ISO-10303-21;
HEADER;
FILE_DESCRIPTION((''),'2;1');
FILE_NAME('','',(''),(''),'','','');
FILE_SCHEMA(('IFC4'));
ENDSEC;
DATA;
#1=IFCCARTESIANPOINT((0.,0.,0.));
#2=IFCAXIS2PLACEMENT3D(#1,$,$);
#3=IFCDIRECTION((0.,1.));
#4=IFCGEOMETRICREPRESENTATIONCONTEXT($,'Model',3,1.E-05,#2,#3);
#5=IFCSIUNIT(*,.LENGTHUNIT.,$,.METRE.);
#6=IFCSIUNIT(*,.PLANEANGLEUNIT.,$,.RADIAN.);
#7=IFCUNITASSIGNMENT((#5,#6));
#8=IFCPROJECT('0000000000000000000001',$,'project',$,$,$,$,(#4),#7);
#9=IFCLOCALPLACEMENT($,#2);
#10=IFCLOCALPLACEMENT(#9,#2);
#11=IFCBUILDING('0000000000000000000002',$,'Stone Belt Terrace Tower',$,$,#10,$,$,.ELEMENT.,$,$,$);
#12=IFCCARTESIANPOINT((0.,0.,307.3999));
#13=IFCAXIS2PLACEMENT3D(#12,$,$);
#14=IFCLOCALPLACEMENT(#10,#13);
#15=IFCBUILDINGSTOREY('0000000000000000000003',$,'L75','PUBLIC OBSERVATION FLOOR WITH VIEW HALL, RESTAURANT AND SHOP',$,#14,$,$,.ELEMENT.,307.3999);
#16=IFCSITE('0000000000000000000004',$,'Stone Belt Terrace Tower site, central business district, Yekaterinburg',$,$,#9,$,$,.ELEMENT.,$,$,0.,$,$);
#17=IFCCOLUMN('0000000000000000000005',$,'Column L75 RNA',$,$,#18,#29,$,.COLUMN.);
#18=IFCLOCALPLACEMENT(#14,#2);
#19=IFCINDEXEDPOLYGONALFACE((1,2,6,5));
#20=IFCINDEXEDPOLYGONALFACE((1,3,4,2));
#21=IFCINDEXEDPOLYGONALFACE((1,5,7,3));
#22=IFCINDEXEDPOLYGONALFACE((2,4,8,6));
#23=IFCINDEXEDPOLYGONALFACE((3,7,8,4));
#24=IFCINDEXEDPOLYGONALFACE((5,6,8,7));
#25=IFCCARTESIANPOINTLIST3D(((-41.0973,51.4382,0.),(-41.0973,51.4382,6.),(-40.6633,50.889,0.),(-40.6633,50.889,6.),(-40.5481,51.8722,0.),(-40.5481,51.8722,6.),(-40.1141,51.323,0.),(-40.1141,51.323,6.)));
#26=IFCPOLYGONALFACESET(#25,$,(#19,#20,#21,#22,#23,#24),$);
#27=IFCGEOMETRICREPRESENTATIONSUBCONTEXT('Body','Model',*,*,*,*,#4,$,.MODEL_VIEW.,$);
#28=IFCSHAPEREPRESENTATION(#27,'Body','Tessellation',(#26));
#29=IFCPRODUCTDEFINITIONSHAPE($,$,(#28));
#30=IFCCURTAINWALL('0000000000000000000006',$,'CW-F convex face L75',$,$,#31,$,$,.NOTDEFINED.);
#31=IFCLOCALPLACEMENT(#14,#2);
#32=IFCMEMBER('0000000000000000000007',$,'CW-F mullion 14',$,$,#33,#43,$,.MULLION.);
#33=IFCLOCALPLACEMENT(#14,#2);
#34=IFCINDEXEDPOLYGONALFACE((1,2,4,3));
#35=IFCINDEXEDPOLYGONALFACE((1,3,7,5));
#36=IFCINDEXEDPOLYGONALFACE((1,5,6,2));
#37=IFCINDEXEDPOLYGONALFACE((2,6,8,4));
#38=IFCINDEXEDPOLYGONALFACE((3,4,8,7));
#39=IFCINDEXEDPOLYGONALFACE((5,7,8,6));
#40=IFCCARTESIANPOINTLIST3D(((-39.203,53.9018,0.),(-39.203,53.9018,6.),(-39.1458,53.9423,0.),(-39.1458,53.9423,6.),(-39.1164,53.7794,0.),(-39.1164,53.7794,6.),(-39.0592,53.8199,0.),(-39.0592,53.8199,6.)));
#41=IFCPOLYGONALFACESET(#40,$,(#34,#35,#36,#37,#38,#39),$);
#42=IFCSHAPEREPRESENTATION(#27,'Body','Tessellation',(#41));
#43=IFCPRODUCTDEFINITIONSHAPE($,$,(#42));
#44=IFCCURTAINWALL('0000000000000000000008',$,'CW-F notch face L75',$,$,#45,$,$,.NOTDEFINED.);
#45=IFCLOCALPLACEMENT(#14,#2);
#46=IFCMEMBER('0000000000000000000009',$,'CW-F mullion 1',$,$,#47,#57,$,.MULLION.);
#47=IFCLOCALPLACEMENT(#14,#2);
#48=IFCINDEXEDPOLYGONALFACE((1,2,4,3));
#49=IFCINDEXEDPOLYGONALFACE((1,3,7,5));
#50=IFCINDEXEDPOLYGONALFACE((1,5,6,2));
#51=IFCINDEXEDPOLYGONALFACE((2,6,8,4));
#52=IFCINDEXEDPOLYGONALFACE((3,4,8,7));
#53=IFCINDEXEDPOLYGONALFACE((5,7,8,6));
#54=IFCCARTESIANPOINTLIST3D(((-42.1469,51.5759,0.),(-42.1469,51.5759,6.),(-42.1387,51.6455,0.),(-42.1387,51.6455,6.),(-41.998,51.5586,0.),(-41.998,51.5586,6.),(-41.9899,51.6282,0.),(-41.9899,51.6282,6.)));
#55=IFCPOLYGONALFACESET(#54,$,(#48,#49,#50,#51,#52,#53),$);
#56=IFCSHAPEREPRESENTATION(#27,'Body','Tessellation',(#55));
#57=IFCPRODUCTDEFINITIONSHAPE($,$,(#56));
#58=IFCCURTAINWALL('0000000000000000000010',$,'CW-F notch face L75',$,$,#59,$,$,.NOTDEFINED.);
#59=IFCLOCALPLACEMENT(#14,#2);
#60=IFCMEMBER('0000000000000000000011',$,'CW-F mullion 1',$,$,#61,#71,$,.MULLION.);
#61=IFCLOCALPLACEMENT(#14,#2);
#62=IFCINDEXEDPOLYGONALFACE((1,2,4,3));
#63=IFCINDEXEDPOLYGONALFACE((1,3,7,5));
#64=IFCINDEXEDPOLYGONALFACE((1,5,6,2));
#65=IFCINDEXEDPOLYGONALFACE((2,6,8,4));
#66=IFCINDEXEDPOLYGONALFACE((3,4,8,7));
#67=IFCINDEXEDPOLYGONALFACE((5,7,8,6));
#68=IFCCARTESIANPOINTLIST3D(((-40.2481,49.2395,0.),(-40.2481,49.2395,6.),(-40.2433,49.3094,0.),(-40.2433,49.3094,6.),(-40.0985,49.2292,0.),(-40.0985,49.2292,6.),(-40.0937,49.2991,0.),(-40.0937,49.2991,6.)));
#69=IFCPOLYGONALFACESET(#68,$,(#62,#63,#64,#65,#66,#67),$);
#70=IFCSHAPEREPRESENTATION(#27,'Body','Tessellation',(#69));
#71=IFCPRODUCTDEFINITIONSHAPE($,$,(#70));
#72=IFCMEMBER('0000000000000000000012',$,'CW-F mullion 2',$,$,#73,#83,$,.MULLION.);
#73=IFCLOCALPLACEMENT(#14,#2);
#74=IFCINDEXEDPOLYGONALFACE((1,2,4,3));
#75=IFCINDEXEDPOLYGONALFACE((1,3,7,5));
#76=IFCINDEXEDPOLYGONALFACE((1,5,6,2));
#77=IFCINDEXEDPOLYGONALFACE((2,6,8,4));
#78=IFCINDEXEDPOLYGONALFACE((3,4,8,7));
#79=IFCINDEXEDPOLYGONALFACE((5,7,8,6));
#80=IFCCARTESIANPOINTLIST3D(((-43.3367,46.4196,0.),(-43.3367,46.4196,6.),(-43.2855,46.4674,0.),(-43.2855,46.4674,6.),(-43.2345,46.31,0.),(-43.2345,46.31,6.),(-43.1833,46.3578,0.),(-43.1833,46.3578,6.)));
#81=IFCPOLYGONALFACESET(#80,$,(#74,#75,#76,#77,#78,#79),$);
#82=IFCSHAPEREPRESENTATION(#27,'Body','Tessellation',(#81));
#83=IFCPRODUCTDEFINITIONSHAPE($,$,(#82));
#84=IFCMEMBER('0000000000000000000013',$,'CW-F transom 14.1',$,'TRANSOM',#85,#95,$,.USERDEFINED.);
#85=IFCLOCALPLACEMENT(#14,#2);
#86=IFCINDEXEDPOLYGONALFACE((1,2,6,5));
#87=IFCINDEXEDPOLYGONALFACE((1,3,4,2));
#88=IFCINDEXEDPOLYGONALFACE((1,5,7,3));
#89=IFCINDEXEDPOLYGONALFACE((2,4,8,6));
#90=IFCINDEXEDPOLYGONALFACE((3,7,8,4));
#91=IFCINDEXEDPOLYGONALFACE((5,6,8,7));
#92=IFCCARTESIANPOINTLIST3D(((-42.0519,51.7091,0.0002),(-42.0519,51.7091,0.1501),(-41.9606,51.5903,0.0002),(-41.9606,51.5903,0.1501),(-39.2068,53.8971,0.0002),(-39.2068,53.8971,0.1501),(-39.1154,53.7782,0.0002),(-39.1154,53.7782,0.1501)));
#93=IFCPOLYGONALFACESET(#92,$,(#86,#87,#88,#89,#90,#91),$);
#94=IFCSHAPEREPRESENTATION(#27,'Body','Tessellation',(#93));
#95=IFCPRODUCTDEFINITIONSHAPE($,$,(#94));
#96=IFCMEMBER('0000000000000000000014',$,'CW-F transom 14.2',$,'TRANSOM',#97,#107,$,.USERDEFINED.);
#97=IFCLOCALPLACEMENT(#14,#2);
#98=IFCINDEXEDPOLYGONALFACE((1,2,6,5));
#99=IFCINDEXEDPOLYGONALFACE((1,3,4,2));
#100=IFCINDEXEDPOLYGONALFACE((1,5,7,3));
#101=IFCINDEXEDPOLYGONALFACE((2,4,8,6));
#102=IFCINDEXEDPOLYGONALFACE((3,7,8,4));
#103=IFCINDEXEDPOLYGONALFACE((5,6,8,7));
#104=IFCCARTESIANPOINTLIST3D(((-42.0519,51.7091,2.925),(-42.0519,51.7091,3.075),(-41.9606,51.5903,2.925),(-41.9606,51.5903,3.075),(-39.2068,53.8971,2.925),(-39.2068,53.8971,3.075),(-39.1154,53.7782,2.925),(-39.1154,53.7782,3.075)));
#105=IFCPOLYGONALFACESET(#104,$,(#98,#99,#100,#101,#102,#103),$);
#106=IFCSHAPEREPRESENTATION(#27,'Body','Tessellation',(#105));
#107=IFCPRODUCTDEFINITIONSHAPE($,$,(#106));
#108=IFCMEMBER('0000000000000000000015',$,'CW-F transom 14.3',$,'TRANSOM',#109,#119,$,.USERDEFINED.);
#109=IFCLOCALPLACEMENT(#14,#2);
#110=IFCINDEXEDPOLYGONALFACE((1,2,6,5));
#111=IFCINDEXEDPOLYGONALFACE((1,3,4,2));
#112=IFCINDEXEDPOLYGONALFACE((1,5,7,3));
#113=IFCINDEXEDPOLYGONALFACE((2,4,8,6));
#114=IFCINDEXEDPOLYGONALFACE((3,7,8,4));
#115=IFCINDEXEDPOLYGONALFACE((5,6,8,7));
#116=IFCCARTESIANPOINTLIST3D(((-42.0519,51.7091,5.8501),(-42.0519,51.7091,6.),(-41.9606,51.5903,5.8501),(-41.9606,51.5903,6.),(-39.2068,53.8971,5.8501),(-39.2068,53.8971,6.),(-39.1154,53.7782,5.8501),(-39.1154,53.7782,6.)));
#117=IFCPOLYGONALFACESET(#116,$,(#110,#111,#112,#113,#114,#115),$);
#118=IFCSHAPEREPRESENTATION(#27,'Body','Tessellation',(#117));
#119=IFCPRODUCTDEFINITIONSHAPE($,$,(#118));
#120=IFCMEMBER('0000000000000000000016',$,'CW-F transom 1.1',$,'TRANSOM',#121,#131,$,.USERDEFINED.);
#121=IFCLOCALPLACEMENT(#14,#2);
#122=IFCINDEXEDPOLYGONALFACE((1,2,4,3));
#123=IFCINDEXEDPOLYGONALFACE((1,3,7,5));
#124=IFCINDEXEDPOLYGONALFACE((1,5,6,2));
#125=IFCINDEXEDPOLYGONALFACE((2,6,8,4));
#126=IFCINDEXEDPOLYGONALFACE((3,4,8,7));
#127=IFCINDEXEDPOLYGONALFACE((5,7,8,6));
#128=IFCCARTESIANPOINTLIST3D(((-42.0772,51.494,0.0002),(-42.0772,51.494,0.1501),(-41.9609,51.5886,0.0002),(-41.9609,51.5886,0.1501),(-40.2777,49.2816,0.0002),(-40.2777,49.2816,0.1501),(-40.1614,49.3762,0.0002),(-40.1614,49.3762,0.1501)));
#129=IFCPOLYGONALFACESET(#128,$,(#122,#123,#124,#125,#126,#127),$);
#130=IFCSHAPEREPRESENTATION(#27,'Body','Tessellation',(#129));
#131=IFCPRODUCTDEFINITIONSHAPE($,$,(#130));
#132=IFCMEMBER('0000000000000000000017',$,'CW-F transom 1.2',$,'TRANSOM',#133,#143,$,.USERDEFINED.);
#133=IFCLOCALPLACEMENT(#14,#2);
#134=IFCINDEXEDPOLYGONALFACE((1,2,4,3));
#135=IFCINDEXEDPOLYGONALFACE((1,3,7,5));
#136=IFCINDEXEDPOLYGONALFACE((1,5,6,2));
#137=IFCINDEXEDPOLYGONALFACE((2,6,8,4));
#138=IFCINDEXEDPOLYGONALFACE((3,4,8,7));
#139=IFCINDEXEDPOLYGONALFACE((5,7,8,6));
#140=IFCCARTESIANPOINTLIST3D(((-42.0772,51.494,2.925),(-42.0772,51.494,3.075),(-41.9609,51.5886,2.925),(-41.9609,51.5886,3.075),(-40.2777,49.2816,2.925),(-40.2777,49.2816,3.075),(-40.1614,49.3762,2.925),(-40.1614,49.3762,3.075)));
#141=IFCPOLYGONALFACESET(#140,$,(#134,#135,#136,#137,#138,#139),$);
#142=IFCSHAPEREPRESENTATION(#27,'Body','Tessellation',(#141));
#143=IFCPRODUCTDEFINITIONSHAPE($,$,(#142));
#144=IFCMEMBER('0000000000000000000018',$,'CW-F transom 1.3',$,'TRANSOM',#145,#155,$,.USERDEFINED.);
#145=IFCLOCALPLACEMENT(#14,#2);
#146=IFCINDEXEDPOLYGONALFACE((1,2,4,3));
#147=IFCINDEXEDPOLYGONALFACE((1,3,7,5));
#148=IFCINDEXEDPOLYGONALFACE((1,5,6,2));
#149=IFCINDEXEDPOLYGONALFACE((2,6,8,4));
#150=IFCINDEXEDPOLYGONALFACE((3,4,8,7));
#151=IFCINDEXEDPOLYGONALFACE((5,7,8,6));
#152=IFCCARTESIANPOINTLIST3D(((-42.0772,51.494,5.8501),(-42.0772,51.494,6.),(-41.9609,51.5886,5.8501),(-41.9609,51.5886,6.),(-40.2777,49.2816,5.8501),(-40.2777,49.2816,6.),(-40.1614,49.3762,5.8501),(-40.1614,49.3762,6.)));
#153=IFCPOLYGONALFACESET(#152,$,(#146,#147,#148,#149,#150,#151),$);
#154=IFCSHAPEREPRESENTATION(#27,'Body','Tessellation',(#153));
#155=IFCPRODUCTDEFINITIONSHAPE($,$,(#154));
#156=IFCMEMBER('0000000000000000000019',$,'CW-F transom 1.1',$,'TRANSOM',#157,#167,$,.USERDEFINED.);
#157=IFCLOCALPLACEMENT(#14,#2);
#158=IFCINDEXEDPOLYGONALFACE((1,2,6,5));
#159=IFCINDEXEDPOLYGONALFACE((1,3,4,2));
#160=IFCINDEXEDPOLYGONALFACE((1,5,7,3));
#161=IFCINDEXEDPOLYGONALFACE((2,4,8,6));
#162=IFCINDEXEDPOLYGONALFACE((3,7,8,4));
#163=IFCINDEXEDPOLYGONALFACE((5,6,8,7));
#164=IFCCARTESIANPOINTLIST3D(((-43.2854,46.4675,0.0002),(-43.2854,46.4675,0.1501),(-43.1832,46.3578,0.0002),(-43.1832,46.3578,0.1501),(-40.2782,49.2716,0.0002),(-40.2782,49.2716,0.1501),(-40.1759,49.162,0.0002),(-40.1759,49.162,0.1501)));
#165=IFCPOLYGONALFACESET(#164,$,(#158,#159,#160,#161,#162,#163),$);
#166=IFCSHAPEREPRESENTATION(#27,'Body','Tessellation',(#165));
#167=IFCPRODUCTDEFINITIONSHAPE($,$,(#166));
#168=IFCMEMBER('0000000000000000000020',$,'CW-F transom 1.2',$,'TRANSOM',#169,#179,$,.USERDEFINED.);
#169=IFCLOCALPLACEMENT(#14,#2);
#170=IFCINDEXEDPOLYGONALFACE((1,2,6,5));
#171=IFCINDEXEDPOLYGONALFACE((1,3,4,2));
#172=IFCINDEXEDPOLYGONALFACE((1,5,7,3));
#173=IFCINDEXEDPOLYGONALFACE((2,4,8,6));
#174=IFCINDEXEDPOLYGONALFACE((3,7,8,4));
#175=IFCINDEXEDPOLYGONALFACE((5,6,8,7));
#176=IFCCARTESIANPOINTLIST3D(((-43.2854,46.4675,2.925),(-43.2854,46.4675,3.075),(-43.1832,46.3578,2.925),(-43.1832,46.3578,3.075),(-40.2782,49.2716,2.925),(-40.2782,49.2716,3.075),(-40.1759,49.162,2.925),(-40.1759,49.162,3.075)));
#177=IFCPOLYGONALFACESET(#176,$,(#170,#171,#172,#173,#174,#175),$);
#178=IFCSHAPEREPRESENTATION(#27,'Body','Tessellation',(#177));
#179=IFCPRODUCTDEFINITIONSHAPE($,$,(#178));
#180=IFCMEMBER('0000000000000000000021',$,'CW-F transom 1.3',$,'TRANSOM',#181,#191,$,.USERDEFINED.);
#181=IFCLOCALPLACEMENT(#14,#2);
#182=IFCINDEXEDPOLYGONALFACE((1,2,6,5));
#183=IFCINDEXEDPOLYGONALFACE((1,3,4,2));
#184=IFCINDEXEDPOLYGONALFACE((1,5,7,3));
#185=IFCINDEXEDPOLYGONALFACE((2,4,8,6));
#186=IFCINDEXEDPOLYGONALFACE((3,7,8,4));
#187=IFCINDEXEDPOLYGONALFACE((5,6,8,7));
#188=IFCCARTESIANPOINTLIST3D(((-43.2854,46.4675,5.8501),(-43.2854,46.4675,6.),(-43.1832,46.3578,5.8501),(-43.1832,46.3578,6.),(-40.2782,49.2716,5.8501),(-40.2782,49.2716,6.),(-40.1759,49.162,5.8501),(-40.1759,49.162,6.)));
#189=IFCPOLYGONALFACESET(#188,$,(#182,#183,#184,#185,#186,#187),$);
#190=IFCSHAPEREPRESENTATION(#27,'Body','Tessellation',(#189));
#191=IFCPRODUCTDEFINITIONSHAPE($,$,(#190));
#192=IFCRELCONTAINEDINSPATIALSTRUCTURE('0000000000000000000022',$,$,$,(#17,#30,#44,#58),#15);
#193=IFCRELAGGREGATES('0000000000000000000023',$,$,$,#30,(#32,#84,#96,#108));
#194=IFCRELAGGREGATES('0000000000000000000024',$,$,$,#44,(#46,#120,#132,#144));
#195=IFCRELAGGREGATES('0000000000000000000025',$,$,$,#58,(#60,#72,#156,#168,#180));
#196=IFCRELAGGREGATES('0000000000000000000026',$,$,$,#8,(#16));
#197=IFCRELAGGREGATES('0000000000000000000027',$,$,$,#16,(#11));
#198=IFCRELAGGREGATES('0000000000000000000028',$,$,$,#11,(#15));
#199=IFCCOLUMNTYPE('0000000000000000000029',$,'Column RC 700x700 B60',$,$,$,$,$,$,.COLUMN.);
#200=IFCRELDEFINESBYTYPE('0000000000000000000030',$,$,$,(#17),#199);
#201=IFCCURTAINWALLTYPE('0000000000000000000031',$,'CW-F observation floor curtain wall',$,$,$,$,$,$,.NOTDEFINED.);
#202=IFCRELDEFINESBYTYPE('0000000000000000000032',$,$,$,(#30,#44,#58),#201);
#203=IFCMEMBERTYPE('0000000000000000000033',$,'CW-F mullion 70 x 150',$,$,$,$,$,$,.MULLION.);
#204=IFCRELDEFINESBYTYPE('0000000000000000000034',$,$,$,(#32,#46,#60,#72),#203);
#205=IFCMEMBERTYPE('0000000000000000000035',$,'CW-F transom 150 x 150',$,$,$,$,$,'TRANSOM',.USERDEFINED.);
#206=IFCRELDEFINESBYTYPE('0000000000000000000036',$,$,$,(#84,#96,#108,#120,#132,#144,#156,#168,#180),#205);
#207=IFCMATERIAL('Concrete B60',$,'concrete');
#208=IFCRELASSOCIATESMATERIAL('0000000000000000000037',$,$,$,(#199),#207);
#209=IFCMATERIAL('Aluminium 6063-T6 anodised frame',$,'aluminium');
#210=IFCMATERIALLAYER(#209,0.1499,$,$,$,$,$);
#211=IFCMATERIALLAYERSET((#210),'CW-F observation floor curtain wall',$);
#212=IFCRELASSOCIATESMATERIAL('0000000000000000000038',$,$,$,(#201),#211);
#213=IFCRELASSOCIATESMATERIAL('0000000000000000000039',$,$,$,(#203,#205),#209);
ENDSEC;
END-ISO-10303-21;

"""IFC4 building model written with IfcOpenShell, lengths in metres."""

from ifc_helpers import new_model, si_unit, direction, frame, origin, origin_2d, place, context, subcontext, project, spatial, rectangle, extrude, material, layer, layer_set, material_profile, profile_set, type_object, element, aggregate, save


model = new_model("IFC4")

# Units and contexts
model_context = context("Model", 3, precision=1e-05, world=origin(), true_north=direction((0.0, 1.0)))
body_context = subcontext(model_context, "Body", "Model", "MODEL_VIEW")
ifc_project = project(units=[si_unit("LENGTHUNIT", "METRE"), si_unit("PLANEANGLEUNIT", "RADIAN")], contexts=[model_context])

# Site, building, storey
site_placement = place(None, origin())
site = spatial("IfcSite", under=ifc_project, at=site_placement, Name="Stone Belt Terrace Tower site, central business district, Yekaterinburg", CompositionType="ELEMENT", RefElevation=0.0)
building_placement = place(site_placement, origin())
building = spatial("IfcBuilding", under=site, at=building_placement, Name="Stone Belt Terrace Tower", CompositionType="ELEMENT")
storey_placement = place(building_placement, frame((0.0, 0.0, 307.3999)))
storey = spatial("IfcBuildingStorey", under=building, at=storey_placement, Name="L75", Description="PUBLIC OBSERVATION FLOOR WITH VIEW HALL, RESTAURANT AND SHOP", CompositionType="ELEMENT", Elevation=307.3999)

# Column
ifc_material_1 = material(Name="Concrete B60", Category="concrete")
ifc_material_profile_1 = material_profile(ifc_material_1, rectangle(XDim=0.7, YDim=0.7, at=origin_2d()), Name="RC 700x700")
ifc_profile_set_1 = profile_set([ifc_material_profile_1], Name="Concrete B60")
column_type = type_object("IfcColumnType", Name="Column RC 700x700 B60", PredefinedType="COLUMN", material=ifc_profile_set_1)
column_placement = place(storey_placement, frame((-40.6057, 51.3806, 0.0), z_axis=(0.0, 0.0, 1.0), x_axis=(0.78457, 0.620041, 0.0)))
element("IfcColumn", 1, at=column_placement, inside=storey, type_object=column_type, Name="Column L75 RNA", PredefinedType="COLUMN", context=body_context, shape_type="SweptSolid", body=[
    extrude(rectangle(XDim=0.7, YDim=0.7, at=origin_2d()), origin(), (0.0, 0.0, 1.0), 6.0),
])

# Curtain walls, members
ifc_material_2 = material(Name="Aluminium 6063-T6 anodised frame", Category="aluminium")
ifc_layer_1 = layer(ifc_material_2, 0.1499)
ifc_layer_set_1 = layer_set([ifc_layer_1], Name="CW-F observation floor curtain wall")
curtain_wall_type = type_object("IfcCurtainWallType", Name="CW-F observation floor curtain wall", PredefinedType="NOTDEFINED", material=ifc_layer_set_1)
curtain_wall_1_placement = place(storey_placement, origin())
curtain_wall_1 = element("IfcCurtainWall", 2, at=curtain_wall_1_placement, inside=storey, type_object=curtain_wall_type, Name="CW-F convex face L75", PredefinedType="NOTDEFINED")
ifc_material_profile_2 = material_profile(ifc_material_2, rectangle(XDim=0.1499, YDim=0.0701, at=origin_2d()), Name="Aluminium 6063-T6 70x150")
ifc_profile_set_2 = profile_set([ifc_material_profile_2], Name="Aluminium 6063-T6 anodised frame")
member_type_1 = type_object("IfcMemberType", Name="CW-F mullion 70 x 150", PredefinedType="MULLION", material=ifc_profile_set_2)
member_1_placement = place(storey_placement, frame((-39.1311, 53.8608, 0.0), z_axis=(0.0, 0.0, 1.0), x_axis=(0.577587, -0.816329, 0.0)))
member_1 = element("IfcMember", 3, at=member_1_placement, type_object=member_type_1, Name="CW-F mullion 14", PredefinedType="MULLION", context=body_context, shape_type="SweptSolid", body=[
    extrude(rectangle(XDim=0.1499, YDim=0.0701, at=origin_2d()), origin(), (0.0, 0.0, 1.0), 6.0),
])
curtain_wall_2_placement = place(storey_placement, origin())
curtain_wall_2 = element("IfcCurtainWall", 4, at=curtain_wall_2_placement, inside=storey, type_object=curtain_wall_type, Name="CW-F notch face L75", PredefinedType="NOTDEFINED")
member_2_placement = place(storey_placement, frame((-42.0684, 51.6021, 0.0), z_axis=(0.0, 0.0, 1.0), x_axis=(0.993258, -0.115925, 0.0)))
member_2 = element("IfcMember", 5, at=member_2_placement, type_object=member_type_1, Name="CW-F mullion 1", PredefinedType="MULLION", context=body_context, shape_type="SweptSolid", body=[
    extrude(rectangle(XDim=0.1499, YDim=0.0701, at=origin_2d()), origin(), (0.0, 0.0, 1.0), 6.0),
])

# Curtain wall, members
curtain_wall_3_placement = place(storey_placement, origin())
curtain_wall_3 = element("IfcCurtainWall", 6, at=curtain_wall_3_placement, inside=storey, type_object=curtain_wall_type, Name="CW-F notch face L75", PredefinedType="NOTDEFINED")
member_3_placement = place(storey_placement, frame((-40.1709, 49.2693, 0.0), z_axis=(0.0, 0.0, 1.0), x_axis=(0.99764, -0.068666, 0.0)))
member_3 = element("IfcMember", 7, at=member_3_placement, type_object=member_type_1, Name="CW-F mullion 1", PredefinedType="MULLION", context=body_context, shape_type="SweptSolid", body=[
    extrude(rectangle(XDim=0.1499, YDim=0.0701, at=origin_2d()), origin(), (0.0, 0.0, 1.0), 6.0),
])
member_4_placement = place(storey_placement, frame((-43.26, 46.3887, 0.0), z_axis=(0.0, 0.0, 1.0), x_axis=(0.682014, -0.731339, 0.0)))
member_4 = element("IfcMember", 8, at=member_4_placement, type_object=member_type_1, Name="CW-F mullion 2", PredefinedType="MULLION", context=body_context, shape_type="SweptSolid", body=[
    extrude(rectangle(XDim=0.1499, YDim=0.0701, at=origin_2d()), origin(), (0.0, 0.0, 1.0), 6.0),
])

# Members
ifc_material_profile_3 = material_profile(ifc_material_2, rectangle(XDim=0.1499, YDim=0.1499, at=origin_2d()), Name="Aluminium 6063-T6 150x150")
ifc_profile_set_3 = profile_set([ifc_material_profile_3], Name="Aluminium 6063-T6 anodised frame")
member_type_2 = type_object("IfcMemberType", Name="CW-F transom 150 x 150", ElementType="TRANSOM", PredefinedType="USERDEFINED", material=ifc_profile_set_3)
member_5_placement = place(storey_placement, frame((-39.1611, 53.8376, 0.0752), z_axis=(-0.79271, -0.609599, 0.0), x_axis=(0.609599, -0.79271, 0.0)))
member_5 = element("IfcMember", 9, at=member_5_placement, type_object=member_type_2, Name="CW-F transom 14.1", ObjectType="TRANSOM", PredefinedType="USERDEFINED", context=body_context, shape_type="SweptSolid", body=[
    extrude(rectangle(XDim=0.1499, YDim=0.1499, at=origin_2d()), origin(), (0.0, 0.0, 1.0), 3.5891),
])
member_6_placement = place(storey_placement, frame((-39.1611, 53.8376, 3.0), z_axis=(-0.79271, -0.609599, 0.0), x_axis=(0.609599, -0.79271, 0.0)))
member_6 = element("IfcMember", 10, at=member_6_placement, type_object=member_type_2, Name="CW-F transom 14.2", ObjectType="TRANSOM", PredefinedType="USERDEFINED", context=body_context, shape_type="SweptSolid", body=[
    extrude(rectangle(XDim=0.1499, YDim=0.1499, at=origin_2d()), origin(), (0.0, 0.0, 1.0), 3.5891),
])
member_7_placement = place(storey_placement, frame((-39.1611, 53.8376, 5.925), z_axis=(-0.79271, -0.609599, 0.0), x_axis=(0.609599, -0.79271, 0.0)))
member_7 = element("IfcMember", 11, at=member_7_placement, type_object=member_type_2, Name="CW-F transom 14.3", ObjectType="TRANSOM", PredefinedType="USERDEFINED", context=body_context, shape_type="SweptSolid", body=[
    extrude(rectangle(XDim=0.1499, YDim=0.1499, at=origin_2d()), origin(), (0.0, 0.0, 1.0), 3.5891),
])
member_8_placement = place(storey_placement, frame((-42.019, 51.5413, 0.0752), z_axis=(0.631012, -0.775773, 0.0), x_axis=(0.775773, 0.631012, 0.0)))
member_8 = element("IfcMember", 12, at=member_8_placement, type_object=member_type_2, Name="CW-F transom 1.1", ObjectType="TRANSOM", PredefinedType="USERDEFINED", context=body_context, shape_type="SweptSolid", body=[
    extrude(rectangle(XDim=0.1499, YDim=0.1499, at=origin_2d()), origin(), (0.0, 0.0, 1.0), 2.8518),
])
member_9_placement = place(storey_placement, frame((-42.019, 51.5413, 3.0), z_axis=(0.631012, -0.775773, 0.0), x_axis=(0.775773, 0.631012, 0.0)))
member_9 = element("IfcMember", 13, at=member_9_placement, type_object=member_type_2, Name="CW-F transom 1.2", ObjectType="TRANSOM", PredefinedType="USERDEFINED", context=body_context, shape_type="SweptSolid", body=[
    extrude(rectangle(XDim=0.1499, YDim=0.1499, at=origin_2d()), origin(), (0.0, 0.0, 1.0), 2.8518),
])
member_10_placement = place(storey_placement, frame((-42.019, 51.5413, 5.925), z_axis=(0.631012, -0.775773, 0.0), x_axis=(0.775773, 0.631012, 0.0)))
member_10 = element("IfcMember", 14, at=member_10_placement, type_object=member_type_2, Name="CW-F transom 1.3", ObjectType="TRANSOM", PredefinedType="USERDEFINED", context=body_context, shape_type="SweptSolid", body=[
    extrude(rectangle(XDim=0.1499, YDim=0.1499, at=origin_2d()), origin(), (0.0, 0.0, 1.0), 2.8518),
])
member_11_placement = place(storey_placement, frame((-40.2271, 49.2168, 0.0752), z_axis=(-0.731375, -0.681975, 0.0), x_axis=(0.681975, -0.731375, 0.0)))
member_11 = element("IfcMember", 15, at=member_11_placement, type_object=member_type_2, Name="CW-F transom 1.1", ObjectType="TRANSOM", PredefinedType="USERDEFINED", context=body_context, shape_type="SweptSolid", body=[
    extrude(rectangle(XDim=0.1499, YDim=0.1499, at=origin_2d()), origin(), (0.0, 0.0, 1.0), 4.1118),
])
member_12_placement = place(storey_placement, frame((-40.2271, 49.2168, 3.0), z_axis=(-0.731375, -0.681975, 0.0), x_axis=(0.681975, -0.731375, 0.0)))
member_12 = element("IfcMember", 16, at=member_12_placement, type_object=member_type_2, Name="CW-F transom 1.2", ObjectType="TRANSOM", PredefinedType="USERDEFINED", context=body_context, shape_type="SweptSolid", body=[
    extrude(rectangle(XDim=0.1499, YDim=0.1499, at=origin_2d()), origin(), (0.0, 0.0, 1.0), 4.1118),
])
member_13_placement = place(storey_placement, frame((-40.2271, 49.2168, 5.925), z_axis=(-0.731375, -0.681975, 0.0), x_axis=(0.681975, -0.731375, 0.0)))
member_13 = element("IfcMember", 17, at=member_13_placement, type_object=member_type_2, Name="CW-F transom 1.3", ObjectType="TRANSOM", PredefinedType="USERDEFINED", context=body_context, shape_type="SweptSolid", body=[
    extrude(rectangle(XDim=0.1499, YDim=0.1499, at=origin_2d()), origin(), (0.0, 0.0, 1.0), 4.1118),
])

aggregate(curtain_wall_1, [member_1, member_5, member_6, member_7])
aggregate(curtain_wall_2, [member_2, member_8, member_9, member_10])
aggregate(curtain_wall_3, [member_3, member_4, member_11, member_12, member_13])

save(model, "model.ifc")
